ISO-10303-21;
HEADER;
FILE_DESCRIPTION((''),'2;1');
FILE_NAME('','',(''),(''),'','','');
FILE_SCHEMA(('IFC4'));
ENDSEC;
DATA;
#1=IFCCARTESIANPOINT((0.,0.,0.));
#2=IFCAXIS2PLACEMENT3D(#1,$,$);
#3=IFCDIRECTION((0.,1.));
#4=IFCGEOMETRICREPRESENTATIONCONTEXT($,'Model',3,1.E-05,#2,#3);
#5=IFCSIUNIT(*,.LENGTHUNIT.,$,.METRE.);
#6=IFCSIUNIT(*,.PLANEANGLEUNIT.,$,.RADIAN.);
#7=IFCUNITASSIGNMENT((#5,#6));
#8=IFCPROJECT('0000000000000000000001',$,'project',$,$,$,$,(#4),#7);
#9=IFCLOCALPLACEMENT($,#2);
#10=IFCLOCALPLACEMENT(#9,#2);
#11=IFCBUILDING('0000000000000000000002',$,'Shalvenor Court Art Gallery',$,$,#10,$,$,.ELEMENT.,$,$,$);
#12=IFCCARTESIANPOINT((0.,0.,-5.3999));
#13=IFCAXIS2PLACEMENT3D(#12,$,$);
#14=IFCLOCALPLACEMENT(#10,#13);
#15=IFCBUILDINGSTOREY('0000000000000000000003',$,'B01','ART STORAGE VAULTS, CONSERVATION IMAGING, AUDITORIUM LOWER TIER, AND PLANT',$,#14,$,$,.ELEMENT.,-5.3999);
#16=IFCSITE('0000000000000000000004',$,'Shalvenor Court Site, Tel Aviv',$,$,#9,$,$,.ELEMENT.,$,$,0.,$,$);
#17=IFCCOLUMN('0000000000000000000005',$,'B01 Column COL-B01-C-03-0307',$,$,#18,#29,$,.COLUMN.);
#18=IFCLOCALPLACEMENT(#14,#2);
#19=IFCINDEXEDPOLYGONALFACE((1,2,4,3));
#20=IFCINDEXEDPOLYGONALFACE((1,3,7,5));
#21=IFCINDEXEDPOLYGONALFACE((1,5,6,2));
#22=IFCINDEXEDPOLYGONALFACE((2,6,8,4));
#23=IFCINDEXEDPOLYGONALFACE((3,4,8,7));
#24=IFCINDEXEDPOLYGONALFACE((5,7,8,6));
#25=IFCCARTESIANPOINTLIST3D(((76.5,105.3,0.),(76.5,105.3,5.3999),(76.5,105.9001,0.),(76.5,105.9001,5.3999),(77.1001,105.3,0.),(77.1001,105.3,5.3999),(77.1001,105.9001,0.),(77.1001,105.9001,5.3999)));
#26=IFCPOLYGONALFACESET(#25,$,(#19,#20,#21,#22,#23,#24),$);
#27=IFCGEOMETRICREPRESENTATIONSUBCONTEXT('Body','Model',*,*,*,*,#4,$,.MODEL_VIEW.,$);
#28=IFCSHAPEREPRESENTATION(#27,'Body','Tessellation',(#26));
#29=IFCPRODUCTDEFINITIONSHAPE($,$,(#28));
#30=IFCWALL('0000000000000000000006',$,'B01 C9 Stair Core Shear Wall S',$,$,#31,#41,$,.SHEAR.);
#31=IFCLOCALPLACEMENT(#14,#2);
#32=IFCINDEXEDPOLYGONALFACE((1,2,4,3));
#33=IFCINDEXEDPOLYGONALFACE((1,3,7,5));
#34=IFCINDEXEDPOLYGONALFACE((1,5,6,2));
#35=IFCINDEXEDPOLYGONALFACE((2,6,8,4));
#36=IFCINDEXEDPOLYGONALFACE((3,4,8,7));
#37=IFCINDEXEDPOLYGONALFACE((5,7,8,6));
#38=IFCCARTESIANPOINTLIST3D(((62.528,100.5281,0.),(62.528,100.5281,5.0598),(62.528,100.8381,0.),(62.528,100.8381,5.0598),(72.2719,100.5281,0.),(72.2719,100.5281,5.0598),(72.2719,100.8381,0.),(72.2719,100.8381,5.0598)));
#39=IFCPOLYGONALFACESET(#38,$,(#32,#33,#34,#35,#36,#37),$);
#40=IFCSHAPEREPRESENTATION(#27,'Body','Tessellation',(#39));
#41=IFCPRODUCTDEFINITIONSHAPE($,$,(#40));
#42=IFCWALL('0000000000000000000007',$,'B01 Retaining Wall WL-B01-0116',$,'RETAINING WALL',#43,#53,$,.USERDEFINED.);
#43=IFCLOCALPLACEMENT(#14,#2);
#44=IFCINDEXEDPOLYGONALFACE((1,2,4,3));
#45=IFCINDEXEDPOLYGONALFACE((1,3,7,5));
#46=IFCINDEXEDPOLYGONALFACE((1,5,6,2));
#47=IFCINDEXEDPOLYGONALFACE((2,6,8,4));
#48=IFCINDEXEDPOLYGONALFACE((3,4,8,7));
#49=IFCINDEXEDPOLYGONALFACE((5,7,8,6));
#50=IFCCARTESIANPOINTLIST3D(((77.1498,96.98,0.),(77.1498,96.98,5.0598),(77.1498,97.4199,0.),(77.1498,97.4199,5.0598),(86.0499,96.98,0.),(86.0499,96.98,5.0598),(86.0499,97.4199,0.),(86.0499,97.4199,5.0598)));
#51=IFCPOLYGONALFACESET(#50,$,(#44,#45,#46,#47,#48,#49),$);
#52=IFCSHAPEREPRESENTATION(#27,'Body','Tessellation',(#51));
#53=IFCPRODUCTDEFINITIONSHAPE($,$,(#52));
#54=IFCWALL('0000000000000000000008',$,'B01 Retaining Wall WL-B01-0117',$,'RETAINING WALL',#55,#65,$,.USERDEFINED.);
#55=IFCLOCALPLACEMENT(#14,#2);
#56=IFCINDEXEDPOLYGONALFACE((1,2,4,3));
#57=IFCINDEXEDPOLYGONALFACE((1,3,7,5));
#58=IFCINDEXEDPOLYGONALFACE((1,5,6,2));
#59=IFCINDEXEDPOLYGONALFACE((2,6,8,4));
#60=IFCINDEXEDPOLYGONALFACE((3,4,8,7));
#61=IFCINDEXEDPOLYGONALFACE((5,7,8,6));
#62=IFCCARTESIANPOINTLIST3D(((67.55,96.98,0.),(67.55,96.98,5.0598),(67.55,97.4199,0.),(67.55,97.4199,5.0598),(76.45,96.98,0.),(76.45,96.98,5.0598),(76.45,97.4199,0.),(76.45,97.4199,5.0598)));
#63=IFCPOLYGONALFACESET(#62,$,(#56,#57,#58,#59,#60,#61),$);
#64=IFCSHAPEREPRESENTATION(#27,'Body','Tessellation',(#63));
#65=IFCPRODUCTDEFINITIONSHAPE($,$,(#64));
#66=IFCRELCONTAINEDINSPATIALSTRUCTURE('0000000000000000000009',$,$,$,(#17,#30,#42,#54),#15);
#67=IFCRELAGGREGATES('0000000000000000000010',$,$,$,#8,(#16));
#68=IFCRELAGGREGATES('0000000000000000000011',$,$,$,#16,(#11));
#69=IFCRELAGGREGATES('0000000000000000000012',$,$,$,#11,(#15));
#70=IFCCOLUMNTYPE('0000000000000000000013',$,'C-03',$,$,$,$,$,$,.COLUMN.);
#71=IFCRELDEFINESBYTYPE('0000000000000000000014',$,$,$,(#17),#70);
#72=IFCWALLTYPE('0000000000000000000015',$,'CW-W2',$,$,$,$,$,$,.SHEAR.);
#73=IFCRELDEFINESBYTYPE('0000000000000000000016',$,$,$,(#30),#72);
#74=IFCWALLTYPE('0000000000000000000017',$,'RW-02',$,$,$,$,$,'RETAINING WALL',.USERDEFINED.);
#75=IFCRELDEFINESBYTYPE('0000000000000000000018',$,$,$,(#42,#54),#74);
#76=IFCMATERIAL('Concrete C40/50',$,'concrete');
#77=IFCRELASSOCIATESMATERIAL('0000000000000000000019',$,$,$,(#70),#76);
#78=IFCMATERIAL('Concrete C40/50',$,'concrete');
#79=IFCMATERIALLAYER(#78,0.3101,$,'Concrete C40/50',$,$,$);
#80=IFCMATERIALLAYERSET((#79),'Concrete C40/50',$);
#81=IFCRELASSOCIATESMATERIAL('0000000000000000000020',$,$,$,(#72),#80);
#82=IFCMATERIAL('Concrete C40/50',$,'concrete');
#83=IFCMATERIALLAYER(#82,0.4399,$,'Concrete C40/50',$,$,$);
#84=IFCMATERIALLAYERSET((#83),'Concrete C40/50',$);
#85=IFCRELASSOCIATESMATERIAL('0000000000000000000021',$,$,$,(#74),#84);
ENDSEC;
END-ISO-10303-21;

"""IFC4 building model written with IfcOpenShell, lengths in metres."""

from ifc_helpers import new_model, si_unit, direction, frame, frame_2d, origin, origin_2d, place, context, subcontext, project, spatial, rectangle, extrude, material, layer, layer_set, material_profile, profile_set, type_object, element, save


model = new_model("IFC4")

# Units and contexts
model_context = context("Model", 3, precision=1e-05, world=origin(), true_north=direction((0.0, 1.0)))
body_context = subcontext(model_context, "Body", "Model", "MODEL_VIEW")
ifc_project = project(units=[si_unit("LENGTHUNIT", "METRE"), si_unit("PLANEANGLEUNIT", "RADIAN")], contexts=[model_context])

# Site, building, storey
site_placement = place(None, origin())
site = spatial("IfcSite", under=ifc_project, at=site_placement, Name="Shalvenor Court Site, Tel Aviv", CompositionType="ELEMENT", RefElevation=0.0)
building_placement = place(site_placement, origin())
building = spatial("IfcBuilding", under=site, at=building_placement, Name="Shalvenor Court Art Gallery", CompositionType="ELEMENT")
storey_placement = place(building_placement, frame((0.0, 0.0, -5.3999)))
storey = spatial("IfcBuildingStorey", under=building, at=storey_placement, Name="B01", Description="ART STORAGE VAULTS, CONSERVATION IMAGING, AUDITORIUM LOWER TIER, AND PLANT", CompositionType="ELEMENT", Elevation=-5.3999)

# Column
ifc_material_1 = material(Name="Concrete C40/50", Category="concrete")
ifc_material_profile_1 = material_profile(ifc_material_1, rectangle(XDim=0.6001, YDim=0.6001, at=origin_2d()), Name="RC 600x600")
ifc_profile_set_1 = profile_set([ifc_material_profile_1], Name="Concrete C40/50")
column_type_1 = type_object("IfcColumnType", Name="C-03", PredefinedType="COLUMN", material=ifc_profile_set_1)
column_placement = place(storey_placement, frame((76.8, 105.6001, 0.0), z_axis=(0.0, 0.0, 1.0), x_axis=(1.0, 0.0, 0.0)))
element("IfcColumn", 1, at=column_placement, inside=storey, type_object=column_type_1, Name="B01 Column COL-B01-C-03-0307", PredefinedType="COLUMN", context=body_context, shape_type="SweptSolid", body=[
    extrude(rectangle(XDim=0.6001, YDim=0.6001, at=origin_2d()), origin(), (0.0, 0.0, 1.0), 5.3999),
])

# Walls
ifc_material_2 = material(Name="Concrete C40/50", Category="concrete")
ifc_layer_1 = layer(ifc_material_2, 0.3101, Name="Concrete C40/50")
ifc_layer_set_1 = layer_set([ifc_layer_1], Name="Concrete C40/50")
wall_type_1 = type_object("IfcWallType", Name="CW-W2", PredefinedType="SHEAR", material=ifc_layer_set_1)
wall_1_placement = place(storey_placement, frame((72.272, 100.6831, 0.0), z_axis=(0.0, 0.0, 1.0), x_axis=(-1.0, 0.0, 0.0)))
element("IfcWall", 2, at=wall_1_placement, inside=storey, type_object=wall_type_1, Name="B01 C9 Stair Core Shear Wall S", PredefinedType="SHEAR", context=body_context, shape_type="SweptSolid", body=[
    extrude(rectangle(XDim=9.7439, YDim=0.3101, at=frame_2d((4.8721, 0.0))), origin(), (0.0, 0.0, 1.0), 5.0598),
])
ifc_material_3 = material(Name="Concrete C40/50", Category="concrete")
ifc_layer_2 = layer(ifc_material_3, 0.4399, Name="Concrete C40/50")
ifc_layer_set_2 = layer_set([ifc_layer_2], Name="Concrete C40/50")
wall_type_2 = type_object("IfcWallType", Name="RW-02", ElementType="RETAINING WALL", PredefinedType="USERDEFINED", material=ifc_layer_set_2)
wall_2_placement = place(storey_placement, frame((86.05, 97.2, 0.0), z_axis=(0.0, 0.0, 1.0), x_axis=(-1.0, 0.0, 0.0)))
element("IfcWall", 3, at=wall_2_placement, inside=storey, type_object=wall_type_2, Name="B01 Retaining Wall WL-B01-0116", ObjectType="RETAINING WALL", PredefinedType="USERDEFINED", context=body_context, shape_type="SweptSolid", body=[
    extrude(rectangle(XDim=8.9001, YDim=0.4399, at=frame_2d((4.4502, 0.0))), origin(), (0.0, 0.0, 1.0), 5.0598),
])
wall_3_placement = place(storey_placement, frame((76.45, 97.2, 0.0), z_axis=(0.0, 0.0, 1.0), x_axis=(-1.0, 0.0, 0.0)))
element("IfcWall", 4, at=wall_3_placement, inside=storey, type_object=wall_type_2, Name="B01 Retaining Wall WL-B01-0117", ObjectType="RETAINING WALL", PredefinedType="USERDEFINED", context=body_context, shape_type="SweptSolid", body=[
    extrude(rectangle(XDim=8.8999, YDim=0.4399, at=frame_2d((4.45, 0.0))), origin(), (0.0, 0.0, 1.0), 5.0598),
])

save(model, "model.ifc")
